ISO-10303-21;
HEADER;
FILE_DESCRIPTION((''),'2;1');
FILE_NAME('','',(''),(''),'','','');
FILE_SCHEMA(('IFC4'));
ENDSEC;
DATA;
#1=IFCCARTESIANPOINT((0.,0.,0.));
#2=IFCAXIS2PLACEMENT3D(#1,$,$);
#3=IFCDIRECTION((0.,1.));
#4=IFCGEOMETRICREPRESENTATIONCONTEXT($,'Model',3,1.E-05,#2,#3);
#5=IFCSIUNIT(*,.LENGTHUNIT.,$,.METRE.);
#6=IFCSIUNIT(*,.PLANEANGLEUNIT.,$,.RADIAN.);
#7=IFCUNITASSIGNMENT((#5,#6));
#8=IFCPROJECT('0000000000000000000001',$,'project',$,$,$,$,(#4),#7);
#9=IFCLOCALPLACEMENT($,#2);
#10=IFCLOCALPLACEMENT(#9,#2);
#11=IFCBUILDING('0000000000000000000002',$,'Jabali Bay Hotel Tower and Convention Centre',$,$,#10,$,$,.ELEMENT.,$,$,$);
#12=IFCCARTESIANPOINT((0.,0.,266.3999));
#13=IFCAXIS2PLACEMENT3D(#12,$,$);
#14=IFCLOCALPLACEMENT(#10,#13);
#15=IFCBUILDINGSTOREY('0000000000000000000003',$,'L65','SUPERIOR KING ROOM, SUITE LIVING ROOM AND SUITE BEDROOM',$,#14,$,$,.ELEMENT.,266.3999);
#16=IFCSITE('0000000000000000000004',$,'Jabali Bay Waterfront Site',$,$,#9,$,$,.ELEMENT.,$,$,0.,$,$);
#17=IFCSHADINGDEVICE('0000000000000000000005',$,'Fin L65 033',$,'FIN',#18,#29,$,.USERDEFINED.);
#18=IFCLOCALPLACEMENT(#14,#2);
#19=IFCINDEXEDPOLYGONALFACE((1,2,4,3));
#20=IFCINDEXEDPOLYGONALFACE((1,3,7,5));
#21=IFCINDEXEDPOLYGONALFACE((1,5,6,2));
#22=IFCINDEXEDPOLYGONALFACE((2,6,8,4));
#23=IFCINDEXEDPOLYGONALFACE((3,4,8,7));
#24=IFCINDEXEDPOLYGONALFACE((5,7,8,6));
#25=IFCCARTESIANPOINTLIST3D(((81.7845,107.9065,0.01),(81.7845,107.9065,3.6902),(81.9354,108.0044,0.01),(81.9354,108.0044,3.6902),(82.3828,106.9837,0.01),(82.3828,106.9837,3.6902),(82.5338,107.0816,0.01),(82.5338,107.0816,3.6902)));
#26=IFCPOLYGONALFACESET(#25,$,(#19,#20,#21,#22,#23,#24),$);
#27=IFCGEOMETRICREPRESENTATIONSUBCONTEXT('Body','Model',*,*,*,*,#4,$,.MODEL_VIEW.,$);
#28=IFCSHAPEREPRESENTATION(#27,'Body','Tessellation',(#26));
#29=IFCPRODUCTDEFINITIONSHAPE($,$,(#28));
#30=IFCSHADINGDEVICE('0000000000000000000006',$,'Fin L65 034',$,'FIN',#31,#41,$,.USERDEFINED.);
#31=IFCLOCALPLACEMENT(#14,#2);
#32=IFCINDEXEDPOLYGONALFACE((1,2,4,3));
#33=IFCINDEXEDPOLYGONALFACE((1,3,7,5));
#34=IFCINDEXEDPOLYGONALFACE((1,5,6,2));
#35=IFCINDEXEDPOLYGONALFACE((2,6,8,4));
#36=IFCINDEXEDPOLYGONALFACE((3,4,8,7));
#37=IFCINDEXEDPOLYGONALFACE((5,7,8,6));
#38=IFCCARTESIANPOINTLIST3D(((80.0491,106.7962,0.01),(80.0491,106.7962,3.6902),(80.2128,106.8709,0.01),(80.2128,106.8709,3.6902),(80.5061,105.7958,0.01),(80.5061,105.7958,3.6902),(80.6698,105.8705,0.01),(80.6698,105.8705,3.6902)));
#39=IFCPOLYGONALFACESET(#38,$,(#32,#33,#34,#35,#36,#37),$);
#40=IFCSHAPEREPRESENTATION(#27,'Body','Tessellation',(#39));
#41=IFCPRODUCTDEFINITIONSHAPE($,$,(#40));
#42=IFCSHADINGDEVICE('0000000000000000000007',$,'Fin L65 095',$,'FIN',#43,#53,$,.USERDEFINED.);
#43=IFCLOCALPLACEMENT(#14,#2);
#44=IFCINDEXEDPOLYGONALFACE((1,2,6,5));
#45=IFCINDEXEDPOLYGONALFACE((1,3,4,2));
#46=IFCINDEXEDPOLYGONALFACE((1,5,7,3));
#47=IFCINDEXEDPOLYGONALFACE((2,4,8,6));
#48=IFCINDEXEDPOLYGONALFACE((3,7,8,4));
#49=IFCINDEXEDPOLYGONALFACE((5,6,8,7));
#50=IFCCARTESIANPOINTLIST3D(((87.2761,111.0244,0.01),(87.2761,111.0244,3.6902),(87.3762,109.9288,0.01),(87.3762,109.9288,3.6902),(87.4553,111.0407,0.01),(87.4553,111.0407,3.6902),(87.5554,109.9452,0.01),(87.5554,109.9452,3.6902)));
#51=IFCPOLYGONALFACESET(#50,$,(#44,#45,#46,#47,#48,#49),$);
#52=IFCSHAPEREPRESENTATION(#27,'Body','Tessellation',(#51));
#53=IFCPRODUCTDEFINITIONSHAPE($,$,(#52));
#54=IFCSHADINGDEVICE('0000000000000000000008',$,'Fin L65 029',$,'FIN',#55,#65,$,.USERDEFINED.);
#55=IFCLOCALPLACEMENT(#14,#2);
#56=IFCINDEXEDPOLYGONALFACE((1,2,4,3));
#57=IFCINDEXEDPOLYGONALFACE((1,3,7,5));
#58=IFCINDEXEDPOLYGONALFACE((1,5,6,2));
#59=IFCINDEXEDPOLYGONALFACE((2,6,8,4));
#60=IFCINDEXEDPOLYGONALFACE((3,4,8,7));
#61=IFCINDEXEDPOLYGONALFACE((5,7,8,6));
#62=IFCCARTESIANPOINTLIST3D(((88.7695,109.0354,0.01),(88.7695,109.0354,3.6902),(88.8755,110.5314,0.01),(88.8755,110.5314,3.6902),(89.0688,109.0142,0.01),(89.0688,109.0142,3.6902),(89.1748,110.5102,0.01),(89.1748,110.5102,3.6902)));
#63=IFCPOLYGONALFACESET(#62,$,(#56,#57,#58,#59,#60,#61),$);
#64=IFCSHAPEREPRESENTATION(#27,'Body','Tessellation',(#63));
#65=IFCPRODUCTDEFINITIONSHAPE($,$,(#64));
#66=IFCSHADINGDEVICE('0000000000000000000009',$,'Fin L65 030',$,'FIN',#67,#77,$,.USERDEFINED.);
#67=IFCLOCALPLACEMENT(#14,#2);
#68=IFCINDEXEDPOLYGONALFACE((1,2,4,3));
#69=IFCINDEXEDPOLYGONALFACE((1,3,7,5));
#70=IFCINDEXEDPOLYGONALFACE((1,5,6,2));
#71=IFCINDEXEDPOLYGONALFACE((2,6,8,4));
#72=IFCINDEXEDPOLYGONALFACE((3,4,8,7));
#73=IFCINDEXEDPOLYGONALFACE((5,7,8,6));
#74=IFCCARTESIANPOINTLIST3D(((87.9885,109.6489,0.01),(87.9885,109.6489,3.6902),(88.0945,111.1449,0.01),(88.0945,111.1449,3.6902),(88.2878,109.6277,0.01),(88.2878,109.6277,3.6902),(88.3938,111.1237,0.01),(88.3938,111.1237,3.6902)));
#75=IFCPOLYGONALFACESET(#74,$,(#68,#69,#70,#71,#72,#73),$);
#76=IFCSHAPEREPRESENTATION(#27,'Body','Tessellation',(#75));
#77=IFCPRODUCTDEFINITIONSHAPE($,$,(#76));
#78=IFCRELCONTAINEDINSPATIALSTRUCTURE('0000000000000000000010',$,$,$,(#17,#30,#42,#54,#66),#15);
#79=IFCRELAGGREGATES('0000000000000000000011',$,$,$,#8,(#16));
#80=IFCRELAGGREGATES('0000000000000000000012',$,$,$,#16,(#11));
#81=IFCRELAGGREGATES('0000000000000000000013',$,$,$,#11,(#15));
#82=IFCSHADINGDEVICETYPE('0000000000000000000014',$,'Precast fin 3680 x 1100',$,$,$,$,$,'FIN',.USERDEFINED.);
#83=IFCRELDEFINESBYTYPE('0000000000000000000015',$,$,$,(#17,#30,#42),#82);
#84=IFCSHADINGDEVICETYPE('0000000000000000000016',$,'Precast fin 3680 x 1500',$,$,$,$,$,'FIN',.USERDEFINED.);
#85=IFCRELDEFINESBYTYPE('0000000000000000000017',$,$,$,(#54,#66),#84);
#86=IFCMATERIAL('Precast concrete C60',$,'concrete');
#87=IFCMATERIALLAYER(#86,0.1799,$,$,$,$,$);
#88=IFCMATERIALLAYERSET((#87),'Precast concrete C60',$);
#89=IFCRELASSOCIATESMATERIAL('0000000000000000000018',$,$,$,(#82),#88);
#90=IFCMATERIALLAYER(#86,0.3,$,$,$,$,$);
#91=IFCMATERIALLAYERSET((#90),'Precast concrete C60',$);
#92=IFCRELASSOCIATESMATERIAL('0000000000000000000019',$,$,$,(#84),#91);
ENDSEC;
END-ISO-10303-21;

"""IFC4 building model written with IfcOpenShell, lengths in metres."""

from ifc_helpers import new_model, si_unit, direction, frame, frame_2d, origin, place, context, subcontext, project, spatial, rectangle, extrude, material, layer, layer_set, type_object, element, save


model = new_model("IFC4")

# Units and contexts
model_context = context("Model", 3, precision=1e-05, world=origin(), true_north=direction((0.0, 1.0)))
body_context = subcontext(model_context, "Body", "Model", "MODEL_VIEW")
ifc_project = project(units=[si_unit("LENGTHUNIT", "METRE"), si_unit("PLANEANGLEUNIT", "RADIAN")], contexts=[model_context])

# Site, building, storey
site_placement = place(None, origin())
site = spatial("IfcSite", under=ifc_project, at=site_placement, Name="Jabali Bay Waterfront Site", CompositionType="ELEMENT", RefElevation=0.0)
building_placement = place(site_placement, origin())
building = spatial("IfcBuilding", under=site, at=building_placement, Name="Jabali Bay Hotel Tower and Convention Centre", CompositionType="ELEMENT")
storey_placement = place(building_placement, frame((0.0, 0.0, 266.3999)))
storey = spatial("IfcBuildingStorey", under=building, at=storey_placement, Name="L65", Description="SUPERIOR KING ROOM, SUITE LIVING ROOM AND SUITE BEDROOM", CompositionType="ELEMENT", Elevation=266.3999)

# Shading devices
ifc_material_1 = material(Name="Precast concrete C60", Category="concrete")
ifc_layer_1 = layer(ifc_material_1, 0.1799)
ifc_layer_set_1 = layer_set([ifc_layer_1], Name="Precast concrete C60")
shading_device_type_1 = type_object("IfcShadingDeviceType", Name="Precast fin 3680 x 1100", ElementType="FIN", PredefinedType="USERDEFINED", material=ifc_layer_set_1)
for number, where, z_axis, x_axis, name in (
    (1, (82.4583, 107.0327, 0.01), (0.0, 0.0, 1.0), (-0.544052, 0.839052, 0.0), "Fin L65 033"),
    (2, (80.5879, 105.8333, 0.01), (0.0, 0.0, 1.0), (-0.415508, 0.90959, 0.0), "Fin L65 034"),
):
    element("IfcShadingDevice", number, at=place(storey_placement, frame(where, z_axis=z_axis, x_axis=x_axis)), inside=storey, type_object=shading_device_type_1, Name=name, ObjectType="FIN", PredefinedType="USERDEFINED", context=body_context, shape_type="SweptSolid", body=[
        extrude(rectangle(XDim=1.0999, YDim=0.1799, at=frame_2d((0.5498, 0.0))), origin(), (0.0, 0.0, 1.0), 3.6802),
    ])
shading_device_placement = place(storey_placement, frame((87.4658, 109.937, 0.01), z_axis=(0.0, 0.0, 1.0), x_axis=(-0.090996, 0.995851, 0.0)))
element("IfcShadingDevice", 3, at=shading_device_placement, inside=storey, type_object=shading_device_type_1, Name="Fin L65 095", ObjectType="FIN", PredefinedType="USERDEFINED", context=body_context, shape_type="SweptSolid", body=[
    extrude(rectangle(XDim=1.1001, YDim=0.1799, at=frame_2d((0.55, 0.0))), origin(), (0.0, 0.0, 1.0), 3.6802),
])
ifc_layer_2 = layer(ifc_material_1, 0.3)
ifc_layer_set_2 = layer_set([ifc_layer_2], Name="Precast concrete C60")
shading_device_type_2 = type_object("IfcShadingDeviceType", Name="Precast fin 3680 x 1500", ElementType="FIN", PredefinedType="USERDEFINED", material=ifc_layer_set_2)
for number, where, z_axis, x_axis, name in (
    (4, (88.9192, 109.0247, 0.01), (0.0, 0.0, 1.0), (0.070646, 0.997501, 0.0), "Fin L65 029"),
    (5, (88.1382, 109.6382, 0.01), (0.0, 0.0, 1.0), (0.070646, 0.997501, 0.0), "Fin L65 030"),
):
    element("IfcShadingDevice", number, at=place(storey_placement, frame(where, z_axis=z_axis, x_axis=x_axis)), inside=storey, type_object=shading_device_type_2, Name=name, ObjectType="FIN", PredefinedType="USERDEFINED", context=body_context, shape_type="SweptSolid", body=[
        extrude(rectangle(XDim=1.4998, YDim=0.3, at=frame_2d((0.75, 0.0))), origin(), (0.0, 0.0, 1.0), 3.6802),
    ])

save(model, "model.ifc")
